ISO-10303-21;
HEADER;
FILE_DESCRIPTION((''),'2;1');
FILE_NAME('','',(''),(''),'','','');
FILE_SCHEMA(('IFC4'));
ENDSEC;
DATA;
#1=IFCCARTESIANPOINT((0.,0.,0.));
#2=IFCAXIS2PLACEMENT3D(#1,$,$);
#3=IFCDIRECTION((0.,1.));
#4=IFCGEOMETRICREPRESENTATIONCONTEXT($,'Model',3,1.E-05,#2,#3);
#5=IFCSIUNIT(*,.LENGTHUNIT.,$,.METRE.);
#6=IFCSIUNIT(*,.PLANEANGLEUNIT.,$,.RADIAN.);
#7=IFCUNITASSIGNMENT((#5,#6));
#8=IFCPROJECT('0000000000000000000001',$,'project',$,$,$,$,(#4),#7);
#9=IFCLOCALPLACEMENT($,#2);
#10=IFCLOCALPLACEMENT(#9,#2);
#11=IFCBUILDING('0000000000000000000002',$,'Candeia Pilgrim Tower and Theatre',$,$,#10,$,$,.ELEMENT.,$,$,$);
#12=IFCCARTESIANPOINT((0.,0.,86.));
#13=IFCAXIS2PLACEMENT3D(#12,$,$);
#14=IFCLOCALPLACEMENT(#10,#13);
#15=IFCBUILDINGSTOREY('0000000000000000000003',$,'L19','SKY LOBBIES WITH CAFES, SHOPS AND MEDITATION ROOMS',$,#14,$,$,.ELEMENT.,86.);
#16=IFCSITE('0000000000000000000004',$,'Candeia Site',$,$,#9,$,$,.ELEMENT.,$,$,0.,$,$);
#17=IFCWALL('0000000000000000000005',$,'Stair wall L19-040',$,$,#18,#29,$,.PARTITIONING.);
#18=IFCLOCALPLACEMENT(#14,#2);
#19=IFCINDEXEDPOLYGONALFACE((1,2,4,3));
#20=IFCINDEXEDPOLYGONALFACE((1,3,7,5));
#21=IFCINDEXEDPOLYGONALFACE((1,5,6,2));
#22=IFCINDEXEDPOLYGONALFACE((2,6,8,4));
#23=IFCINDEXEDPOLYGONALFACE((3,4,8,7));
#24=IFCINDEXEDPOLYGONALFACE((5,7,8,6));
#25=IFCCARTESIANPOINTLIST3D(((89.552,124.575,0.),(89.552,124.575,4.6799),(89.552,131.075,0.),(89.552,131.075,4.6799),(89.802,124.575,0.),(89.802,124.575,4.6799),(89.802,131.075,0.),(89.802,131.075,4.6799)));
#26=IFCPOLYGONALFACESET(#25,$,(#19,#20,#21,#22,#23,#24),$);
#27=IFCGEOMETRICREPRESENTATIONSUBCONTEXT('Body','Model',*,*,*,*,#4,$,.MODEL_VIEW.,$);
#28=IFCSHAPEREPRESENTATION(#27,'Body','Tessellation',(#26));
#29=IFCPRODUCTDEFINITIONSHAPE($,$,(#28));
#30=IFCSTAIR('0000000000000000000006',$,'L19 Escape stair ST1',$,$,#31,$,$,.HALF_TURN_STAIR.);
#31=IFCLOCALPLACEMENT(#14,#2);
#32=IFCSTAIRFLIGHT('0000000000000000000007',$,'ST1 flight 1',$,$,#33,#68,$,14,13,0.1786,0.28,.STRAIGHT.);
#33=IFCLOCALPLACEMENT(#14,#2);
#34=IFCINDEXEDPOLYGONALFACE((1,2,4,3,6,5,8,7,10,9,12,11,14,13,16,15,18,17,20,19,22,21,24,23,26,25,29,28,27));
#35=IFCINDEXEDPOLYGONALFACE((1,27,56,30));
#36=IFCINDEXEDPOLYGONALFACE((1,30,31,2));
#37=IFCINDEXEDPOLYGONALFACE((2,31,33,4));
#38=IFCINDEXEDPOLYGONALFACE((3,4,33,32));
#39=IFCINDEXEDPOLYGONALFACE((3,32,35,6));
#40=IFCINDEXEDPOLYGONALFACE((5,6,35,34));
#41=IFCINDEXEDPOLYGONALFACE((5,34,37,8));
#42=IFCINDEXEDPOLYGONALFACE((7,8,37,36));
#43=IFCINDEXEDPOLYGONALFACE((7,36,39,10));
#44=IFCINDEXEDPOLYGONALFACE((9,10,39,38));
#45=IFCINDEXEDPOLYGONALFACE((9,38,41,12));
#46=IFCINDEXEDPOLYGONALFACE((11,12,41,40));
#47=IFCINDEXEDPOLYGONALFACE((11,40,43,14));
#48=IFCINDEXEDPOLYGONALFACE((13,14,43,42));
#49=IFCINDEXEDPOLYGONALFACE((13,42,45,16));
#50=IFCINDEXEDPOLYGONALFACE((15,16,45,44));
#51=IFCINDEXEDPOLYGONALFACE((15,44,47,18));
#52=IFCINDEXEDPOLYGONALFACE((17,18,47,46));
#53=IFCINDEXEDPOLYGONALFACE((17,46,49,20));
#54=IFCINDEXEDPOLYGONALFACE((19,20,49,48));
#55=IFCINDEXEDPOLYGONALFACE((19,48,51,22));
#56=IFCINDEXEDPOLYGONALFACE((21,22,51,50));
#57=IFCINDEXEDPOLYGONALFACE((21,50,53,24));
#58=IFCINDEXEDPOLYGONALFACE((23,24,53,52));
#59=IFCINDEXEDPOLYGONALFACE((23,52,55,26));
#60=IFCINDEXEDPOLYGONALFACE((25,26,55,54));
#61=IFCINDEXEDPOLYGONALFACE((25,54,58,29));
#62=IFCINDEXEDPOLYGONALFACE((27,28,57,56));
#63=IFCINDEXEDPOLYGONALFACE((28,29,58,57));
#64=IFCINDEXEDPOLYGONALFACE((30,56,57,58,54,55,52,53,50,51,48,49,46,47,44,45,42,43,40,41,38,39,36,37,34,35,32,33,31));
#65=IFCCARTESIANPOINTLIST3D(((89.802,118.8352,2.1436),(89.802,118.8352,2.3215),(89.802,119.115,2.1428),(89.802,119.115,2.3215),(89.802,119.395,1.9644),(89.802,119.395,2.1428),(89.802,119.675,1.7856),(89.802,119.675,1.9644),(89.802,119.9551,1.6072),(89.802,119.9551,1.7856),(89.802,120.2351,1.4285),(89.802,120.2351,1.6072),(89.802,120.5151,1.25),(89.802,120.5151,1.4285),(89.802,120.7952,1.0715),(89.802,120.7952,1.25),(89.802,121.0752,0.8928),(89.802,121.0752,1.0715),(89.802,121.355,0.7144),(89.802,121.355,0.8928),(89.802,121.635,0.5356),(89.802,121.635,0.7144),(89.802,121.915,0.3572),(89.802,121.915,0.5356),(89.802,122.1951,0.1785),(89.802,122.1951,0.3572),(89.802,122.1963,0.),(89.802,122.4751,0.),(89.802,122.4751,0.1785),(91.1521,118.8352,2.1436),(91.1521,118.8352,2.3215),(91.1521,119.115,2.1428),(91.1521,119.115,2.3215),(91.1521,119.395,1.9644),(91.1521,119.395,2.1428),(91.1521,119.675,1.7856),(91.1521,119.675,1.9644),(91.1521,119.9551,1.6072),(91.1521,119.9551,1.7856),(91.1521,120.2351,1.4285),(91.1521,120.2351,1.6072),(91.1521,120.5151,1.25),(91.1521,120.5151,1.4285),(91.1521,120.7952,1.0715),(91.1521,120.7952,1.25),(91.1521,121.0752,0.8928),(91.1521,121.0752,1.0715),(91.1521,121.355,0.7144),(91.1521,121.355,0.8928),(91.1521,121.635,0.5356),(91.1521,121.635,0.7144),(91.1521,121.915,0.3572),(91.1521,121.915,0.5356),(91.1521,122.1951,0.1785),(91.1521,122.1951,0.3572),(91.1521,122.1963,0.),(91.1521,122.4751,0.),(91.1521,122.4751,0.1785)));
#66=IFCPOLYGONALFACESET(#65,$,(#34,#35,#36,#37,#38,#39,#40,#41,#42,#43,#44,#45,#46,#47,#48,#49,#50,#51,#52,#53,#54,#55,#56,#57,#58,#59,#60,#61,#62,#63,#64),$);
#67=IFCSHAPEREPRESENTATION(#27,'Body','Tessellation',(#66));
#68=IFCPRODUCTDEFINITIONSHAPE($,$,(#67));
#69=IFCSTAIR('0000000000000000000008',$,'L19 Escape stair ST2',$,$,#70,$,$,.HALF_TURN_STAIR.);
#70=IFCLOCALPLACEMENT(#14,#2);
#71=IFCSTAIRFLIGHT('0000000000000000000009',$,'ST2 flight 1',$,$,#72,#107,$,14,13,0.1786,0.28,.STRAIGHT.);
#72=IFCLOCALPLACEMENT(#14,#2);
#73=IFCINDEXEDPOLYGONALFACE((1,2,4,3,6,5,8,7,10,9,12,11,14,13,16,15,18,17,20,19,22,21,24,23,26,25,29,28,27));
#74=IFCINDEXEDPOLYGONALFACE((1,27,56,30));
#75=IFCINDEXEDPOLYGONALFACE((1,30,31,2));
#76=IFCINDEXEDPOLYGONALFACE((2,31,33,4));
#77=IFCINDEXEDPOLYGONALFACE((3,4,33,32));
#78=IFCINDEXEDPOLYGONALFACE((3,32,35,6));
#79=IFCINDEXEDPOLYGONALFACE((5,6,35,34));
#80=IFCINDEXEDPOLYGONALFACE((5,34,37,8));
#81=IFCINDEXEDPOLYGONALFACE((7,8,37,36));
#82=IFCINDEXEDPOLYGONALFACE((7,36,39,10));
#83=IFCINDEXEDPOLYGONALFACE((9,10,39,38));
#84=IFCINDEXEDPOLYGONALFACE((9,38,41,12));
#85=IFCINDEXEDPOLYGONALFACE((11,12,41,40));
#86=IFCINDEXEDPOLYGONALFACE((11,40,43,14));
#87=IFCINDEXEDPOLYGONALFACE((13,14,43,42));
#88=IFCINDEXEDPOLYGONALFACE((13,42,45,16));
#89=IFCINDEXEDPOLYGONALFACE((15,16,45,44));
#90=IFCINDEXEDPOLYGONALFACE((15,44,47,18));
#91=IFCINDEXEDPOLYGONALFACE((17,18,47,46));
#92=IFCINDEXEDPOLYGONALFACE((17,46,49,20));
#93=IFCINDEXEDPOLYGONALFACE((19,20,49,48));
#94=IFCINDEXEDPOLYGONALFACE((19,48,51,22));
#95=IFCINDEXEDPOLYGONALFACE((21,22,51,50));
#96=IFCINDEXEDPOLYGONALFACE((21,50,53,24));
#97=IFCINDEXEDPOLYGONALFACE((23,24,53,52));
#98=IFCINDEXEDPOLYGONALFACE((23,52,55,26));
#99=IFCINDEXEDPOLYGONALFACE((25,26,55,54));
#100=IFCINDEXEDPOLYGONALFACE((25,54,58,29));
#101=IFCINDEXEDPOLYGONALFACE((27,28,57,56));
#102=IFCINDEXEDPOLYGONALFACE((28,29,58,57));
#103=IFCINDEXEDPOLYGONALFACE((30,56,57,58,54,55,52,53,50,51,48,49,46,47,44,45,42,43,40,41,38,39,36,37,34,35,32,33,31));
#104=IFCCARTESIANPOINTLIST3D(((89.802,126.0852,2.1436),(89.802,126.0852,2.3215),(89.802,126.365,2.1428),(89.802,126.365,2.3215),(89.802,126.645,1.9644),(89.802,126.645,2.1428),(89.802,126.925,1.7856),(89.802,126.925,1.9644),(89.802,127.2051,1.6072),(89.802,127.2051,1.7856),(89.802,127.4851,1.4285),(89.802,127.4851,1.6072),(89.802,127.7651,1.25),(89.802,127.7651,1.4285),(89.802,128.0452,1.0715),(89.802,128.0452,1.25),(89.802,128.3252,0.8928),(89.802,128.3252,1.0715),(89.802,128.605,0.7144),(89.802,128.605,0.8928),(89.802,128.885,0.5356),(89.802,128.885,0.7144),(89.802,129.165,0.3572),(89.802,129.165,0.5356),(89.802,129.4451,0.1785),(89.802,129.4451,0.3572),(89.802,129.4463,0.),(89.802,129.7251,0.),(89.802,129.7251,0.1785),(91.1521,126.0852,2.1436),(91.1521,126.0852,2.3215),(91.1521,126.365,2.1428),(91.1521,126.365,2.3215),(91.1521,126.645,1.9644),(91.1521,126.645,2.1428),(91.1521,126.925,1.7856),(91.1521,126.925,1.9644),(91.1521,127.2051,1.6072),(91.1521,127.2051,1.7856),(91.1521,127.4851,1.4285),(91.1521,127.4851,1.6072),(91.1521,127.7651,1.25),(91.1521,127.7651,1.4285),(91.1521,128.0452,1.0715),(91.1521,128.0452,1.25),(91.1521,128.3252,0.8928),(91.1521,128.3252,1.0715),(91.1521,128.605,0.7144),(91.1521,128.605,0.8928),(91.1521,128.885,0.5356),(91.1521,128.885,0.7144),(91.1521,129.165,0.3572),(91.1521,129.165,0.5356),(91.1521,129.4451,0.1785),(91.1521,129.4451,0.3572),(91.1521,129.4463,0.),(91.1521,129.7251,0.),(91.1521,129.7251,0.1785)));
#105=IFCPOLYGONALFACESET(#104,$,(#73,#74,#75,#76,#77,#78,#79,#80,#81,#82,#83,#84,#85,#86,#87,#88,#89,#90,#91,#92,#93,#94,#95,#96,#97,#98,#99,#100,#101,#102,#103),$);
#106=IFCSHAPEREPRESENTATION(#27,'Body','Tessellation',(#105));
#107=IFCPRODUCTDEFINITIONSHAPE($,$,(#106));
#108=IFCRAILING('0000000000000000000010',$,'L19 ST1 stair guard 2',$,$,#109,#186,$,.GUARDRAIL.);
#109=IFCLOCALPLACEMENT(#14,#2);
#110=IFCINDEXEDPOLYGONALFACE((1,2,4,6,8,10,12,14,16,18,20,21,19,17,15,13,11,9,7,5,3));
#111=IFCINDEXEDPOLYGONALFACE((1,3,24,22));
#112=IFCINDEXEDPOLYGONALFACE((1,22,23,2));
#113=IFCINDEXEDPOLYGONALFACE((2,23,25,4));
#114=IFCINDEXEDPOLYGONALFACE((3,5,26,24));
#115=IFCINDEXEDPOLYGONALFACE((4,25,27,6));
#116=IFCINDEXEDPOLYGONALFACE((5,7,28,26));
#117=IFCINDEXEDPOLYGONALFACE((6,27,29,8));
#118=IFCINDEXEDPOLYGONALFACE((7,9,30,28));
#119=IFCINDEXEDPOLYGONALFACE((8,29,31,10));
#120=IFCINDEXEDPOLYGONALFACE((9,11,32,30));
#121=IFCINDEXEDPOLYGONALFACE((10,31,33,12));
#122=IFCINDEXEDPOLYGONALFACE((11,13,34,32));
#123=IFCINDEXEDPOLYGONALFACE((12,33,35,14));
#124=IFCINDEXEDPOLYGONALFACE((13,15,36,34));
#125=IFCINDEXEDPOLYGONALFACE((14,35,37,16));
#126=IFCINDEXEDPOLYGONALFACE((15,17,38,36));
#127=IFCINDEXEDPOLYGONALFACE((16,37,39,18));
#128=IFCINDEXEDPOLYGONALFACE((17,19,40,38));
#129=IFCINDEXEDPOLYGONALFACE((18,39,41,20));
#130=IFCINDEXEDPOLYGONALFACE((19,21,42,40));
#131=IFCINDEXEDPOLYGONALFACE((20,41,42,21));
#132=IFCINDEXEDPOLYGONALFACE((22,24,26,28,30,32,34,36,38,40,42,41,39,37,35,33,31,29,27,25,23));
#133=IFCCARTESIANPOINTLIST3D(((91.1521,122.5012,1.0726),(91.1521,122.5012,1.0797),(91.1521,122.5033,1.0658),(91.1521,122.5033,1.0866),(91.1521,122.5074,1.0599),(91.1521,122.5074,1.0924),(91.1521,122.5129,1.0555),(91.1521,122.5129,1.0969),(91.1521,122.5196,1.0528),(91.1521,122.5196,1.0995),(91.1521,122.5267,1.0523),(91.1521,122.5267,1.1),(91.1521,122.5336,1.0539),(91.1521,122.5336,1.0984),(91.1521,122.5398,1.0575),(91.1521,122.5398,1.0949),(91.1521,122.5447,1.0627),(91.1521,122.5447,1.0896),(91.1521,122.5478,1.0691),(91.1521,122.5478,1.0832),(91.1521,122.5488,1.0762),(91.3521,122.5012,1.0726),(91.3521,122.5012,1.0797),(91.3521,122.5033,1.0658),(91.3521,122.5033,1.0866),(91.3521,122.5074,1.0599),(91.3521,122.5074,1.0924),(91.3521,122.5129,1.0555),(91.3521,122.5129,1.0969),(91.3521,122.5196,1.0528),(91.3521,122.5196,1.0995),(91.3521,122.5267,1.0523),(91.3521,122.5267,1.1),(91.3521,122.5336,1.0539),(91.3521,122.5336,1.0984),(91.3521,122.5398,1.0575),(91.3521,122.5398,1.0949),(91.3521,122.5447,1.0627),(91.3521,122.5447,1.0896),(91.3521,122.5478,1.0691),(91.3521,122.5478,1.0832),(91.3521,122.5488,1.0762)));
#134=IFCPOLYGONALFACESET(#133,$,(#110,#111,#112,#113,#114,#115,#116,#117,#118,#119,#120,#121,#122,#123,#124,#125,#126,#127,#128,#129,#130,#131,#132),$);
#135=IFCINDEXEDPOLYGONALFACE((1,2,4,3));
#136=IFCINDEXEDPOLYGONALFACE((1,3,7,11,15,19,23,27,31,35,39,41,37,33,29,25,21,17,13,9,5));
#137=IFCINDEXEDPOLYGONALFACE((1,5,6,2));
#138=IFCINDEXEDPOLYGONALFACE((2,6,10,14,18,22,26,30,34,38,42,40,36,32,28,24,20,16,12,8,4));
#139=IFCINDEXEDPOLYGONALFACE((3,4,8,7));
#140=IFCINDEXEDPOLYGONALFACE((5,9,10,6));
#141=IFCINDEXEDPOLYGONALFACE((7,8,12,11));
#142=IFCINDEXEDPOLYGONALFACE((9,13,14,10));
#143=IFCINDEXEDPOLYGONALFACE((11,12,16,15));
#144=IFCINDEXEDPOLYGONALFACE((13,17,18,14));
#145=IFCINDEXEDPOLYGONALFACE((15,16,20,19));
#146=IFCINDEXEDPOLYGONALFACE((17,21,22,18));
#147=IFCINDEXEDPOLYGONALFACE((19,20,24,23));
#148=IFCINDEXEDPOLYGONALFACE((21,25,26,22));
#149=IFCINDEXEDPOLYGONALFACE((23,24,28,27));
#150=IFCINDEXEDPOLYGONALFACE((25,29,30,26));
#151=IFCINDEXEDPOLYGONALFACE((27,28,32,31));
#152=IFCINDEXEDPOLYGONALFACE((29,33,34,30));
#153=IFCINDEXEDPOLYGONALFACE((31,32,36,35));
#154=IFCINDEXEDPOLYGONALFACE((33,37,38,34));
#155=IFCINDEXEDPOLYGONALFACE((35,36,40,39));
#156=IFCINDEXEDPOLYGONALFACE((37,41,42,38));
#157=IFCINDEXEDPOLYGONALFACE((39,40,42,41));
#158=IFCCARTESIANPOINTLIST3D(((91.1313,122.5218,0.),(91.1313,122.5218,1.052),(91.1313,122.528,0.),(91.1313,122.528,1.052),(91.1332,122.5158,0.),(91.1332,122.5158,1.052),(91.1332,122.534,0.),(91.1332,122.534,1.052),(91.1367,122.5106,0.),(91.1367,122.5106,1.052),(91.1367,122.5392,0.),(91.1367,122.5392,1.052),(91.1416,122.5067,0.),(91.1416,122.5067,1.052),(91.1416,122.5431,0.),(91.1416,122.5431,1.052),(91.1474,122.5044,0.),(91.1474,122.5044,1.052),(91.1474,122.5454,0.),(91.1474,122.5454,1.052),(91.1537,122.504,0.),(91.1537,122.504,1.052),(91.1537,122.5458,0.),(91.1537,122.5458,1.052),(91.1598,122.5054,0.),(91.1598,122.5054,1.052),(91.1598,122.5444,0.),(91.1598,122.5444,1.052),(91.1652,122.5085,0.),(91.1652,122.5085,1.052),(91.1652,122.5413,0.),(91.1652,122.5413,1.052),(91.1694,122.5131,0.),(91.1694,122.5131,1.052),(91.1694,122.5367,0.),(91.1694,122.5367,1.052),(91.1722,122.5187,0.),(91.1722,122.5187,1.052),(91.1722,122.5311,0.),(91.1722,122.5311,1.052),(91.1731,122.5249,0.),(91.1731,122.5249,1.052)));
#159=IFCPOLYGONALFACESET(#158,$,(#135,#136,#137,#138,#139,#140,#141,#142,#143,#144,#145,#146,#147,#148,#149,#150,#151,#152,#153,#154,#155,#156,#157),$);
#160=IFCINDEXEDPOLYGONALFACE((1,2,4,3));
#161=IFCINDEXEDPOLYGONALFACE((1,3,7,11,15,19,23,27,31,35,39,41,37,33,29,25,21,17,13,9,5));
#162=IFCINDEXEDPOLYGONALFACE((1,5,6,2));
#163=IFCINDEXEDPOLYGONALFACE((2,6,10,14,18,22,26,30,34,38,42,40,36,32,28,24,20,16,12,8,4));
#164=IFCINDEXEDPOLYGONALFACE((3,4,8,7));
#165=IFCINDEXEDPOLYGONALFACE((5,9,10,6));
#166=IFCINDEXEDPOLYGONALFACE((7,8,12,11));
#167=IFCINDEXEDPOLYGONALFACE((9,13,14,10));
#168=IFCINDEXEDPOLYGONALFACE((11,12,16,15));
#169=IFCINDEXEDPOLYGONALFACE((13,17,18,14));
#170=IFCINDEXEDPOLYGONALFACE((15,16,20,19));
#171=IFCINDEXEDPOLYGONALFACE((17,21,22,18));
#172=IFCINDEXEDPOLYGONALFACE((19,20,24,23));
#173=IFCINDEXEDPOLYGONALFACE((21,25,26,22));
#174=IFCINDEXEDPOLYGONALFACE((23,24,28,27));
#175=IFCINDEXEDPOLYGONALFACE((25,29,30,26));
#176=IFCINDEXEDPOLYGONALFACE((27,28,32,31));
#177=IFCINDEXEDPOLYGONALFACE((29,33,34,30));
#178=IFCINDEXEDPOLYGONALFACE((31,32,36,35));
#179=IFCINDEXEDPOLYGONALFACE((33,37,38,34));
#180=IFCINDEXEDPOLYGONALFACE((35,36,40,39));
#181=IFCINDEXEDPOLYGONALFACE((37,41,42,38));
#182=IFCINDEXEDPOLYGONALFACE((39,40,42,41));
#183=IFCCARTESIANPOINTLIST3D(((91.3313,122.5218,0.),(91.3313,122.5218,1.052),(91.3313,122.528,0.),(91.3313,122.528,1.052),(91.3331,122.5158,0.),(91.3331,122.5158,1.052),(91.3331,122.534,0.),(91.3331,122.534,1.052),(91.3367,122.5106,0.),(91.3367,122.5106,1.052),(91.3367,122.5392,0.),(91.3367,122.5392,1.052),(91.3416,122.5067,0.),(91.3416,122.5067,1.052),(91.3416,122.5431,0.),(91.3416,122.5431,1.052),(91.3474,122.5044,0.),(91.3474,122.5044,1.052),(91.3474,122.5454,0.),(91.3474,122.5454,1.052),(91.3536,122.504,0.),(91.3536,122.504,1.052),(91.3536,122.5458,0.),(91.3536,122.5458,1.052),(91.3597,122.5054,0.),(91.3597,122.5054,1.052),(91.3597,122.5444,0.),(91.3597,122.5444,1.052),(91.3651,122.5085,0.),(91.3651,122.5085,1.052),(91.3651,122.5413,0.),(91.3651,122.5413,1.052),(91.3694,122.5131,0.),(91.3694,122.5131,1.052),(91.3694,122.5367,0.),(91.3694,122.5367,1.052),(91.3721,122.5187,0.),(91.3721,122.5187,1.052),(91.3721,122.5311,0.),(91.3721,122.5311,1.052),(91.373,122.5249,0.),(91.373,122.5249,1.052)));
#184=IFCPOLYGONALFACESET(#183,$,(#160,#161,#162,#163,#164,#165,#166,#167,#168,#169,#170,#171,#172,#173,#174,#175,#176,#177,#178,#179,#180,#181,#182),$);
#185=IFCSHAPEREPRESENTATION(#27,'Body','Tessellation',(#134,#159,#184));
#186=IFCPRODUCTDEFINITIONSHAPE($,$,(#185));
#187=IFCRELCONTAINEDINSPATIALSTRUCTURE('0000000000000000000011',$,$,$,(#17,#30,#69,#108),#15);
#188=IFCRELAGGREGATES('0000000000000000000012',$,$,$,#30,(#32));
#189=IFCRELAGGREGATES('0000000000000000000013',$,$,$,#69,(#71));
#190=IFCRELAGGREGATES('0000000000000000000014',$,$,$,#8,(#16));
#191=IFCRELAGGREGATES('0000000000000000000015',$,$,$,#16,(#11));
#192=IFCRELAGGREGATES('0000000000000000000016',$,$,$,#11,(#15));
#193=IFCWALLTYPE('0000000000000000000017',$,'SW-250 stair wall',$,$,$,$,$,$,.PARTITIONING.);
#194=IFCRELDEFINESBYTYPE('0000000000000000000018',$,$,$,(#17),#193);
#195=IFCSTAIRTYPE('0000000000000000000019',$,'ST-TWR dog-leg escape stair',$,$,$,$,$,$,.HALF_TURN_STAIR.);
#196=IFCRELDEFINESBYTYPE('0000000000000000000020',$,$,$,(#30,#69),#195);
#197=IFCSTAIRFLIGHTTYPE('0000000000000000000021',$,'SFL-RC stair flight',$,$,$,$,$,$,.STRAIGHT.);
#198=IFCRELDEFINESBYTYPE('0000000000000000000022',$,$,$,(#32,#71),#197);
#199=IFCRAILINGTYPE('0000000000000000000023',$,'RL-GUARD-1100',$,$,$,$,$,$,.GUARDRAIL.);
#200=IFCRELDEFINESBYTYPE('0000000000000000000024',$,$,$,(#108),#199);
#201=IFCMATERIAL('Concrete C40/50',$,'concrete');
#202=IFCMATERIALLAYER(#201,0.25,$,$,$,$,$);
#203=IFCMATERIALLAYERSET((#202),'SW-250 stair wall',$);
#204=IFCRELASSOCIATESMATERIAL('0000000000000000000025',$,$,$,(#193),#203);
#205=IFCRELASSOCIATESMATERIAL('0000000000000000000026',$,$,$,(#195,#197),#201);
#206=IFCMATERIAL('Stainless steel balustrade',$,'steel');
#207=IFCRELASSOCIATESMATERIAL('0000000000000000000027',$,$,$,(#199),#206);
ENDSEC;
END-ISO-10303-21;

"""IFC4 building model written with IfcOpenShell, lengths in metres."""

from ifc_helpers import new_model, si_unit, direction, frame, frame_2d, origin, origin_2d, place, context, subcontext, project, spatial, polyline, rectangle, circle, outline, extrude, material, layer, layer_set, type_object, element, aggregate, save


model = new_model("IFC4")

# Units and contexts
model_context = context("Model", 3, precision=1e-05, world=origin(), true_north=direction((0.0, 1.0)))
body_context = subcontext(model_context, "Body", "Model", "MODEL_VIEW")
ifc_project = project(units=[si_unit("LENGTHUNIT", "METRE"), si_unit("PLANEANGLEUNIT", "RADIAN")], contexts=[model_context])

# Site, building, storey
site_placement = place(None, origin())
site = spatial("IfcSite", under=ifc_project, at=site_placement, Name="Candeia Site", CompositionType="ELEMENT", RefElevation=0.0)
building_placement = place(site_placement, origin())
building = spatial("IfcBuilding", under=site, at=building_placement, Name="Candeia Pilgrim Tower and Theatre", CompositionType="ELEMENT")
storey_placement = place(building_placement, frame((0.0, 0.0, 86.0)))
storey = spatial("IfcBuildingStorey", under=building, at=storey_placement, Name="L19", Description="SKY LOBBIES WITH CAFES, SHOPS AND MEDITATION ROOMS", CompositionType="ELEMENT", Elevation=86.0)

# Wall
ifc_material_1 = material(Name="Concrete C40/50", Category="concrete")
ifc_layer_1 = layer(ifc_material_1, 0.25)
ifc_layer_set_1 = layer_set([ifc_layer_1], Name="SW-250 stair wall")
wall_type_1 = type_object("IfcWallType", Name="SW-250 stair wall", PredefinedType="PARTITIONING", material=ifc_layer_set_1)
wall_1_placement = place(storey_placement, frame((89.677, 124.575, 0.0), z_axis=(0.0, 0.0, 1.0), x_axis=(0.0, 1.0, 0.0)))
element("IfcWall", 1, at=wall_1_placement, inside=storey, type_object=wall_type_1, Name="Stair wall L19-040", PredefinedType="PARTITIONING", context=body_context, shape_type="SweptSolid", body=[
    extrude(rectangle(XDim=6.5, YDim=0.25, at=frame_2d((3.25, 0.0))), origin(), (0.0, 0.0, 1.0), 4.6799),
])

# Stairs, stair flights
stair_type = type_object("IfcStairType", Name="ST-TWR dog-leg escape stair", PredefinedType="HALF_TURN_STAIR", material=ifc_material_1)
stair_1_placement = place(storey_placement, origin())
stair_1 = element("IfcStair", 2, at=stair_1_placement, inside=storey, type_object=stair_type, Name="L19 Escape stair ST1", PredefinedType="HALF_TURN_STAIR")
stair_flight_type = type_object("IfcStairFlightType", Name="SFL-RC stair flight", PredefinedType="STRAIGHT", material=ifc_material_1)
stair_flight_1_placement = place(storey_placement, frame((90.4771, 122.4751, 0.0), z_axis=(0.0, 0.0, 1.0), x_axis=(0.0, -1.0, 0.0)))
stair_flight_1 = element("IfcStairFlight", 3, at=stair_flight_1_placement, type_object=stair_flight_type, Name="ST1 flight 1", NumberOfRisers=14, NumberOfTreads=13, PredefinedType="STRAIGHT", RiserHeight=0.1786, TreadLength=0.28, context=body_context, shape_type="SweptSolid", body=[
    extrude(outline(polyline([(0.0, 0.0), (0.0, 0.1785), (0.28, 0.1785), (0.28, 0.3572), (0.5601, 0.3572), (0.5601, 0.5356), (0.8401, 0.5356), (0.8401, 0.7144), (1.1201, 0.7144), (1.1201, 0.8928), (1.3999, 0.8928), (1.3999, 1.0715), (1.6799, 1.0715), (1.6799, 1.25), (1.96, 1.25), (1.96, 1.4285), (2.24, 1.4285), (2.24, 1.6072), (2.52, 1.6072), (2.52, 1.7856), (2.8, 1.7856), (2.8, 1.9644), (3.0801, 1.9644), (3.0801, 2.1428), (3.3601, 2.1428), (3.3601, 2.3215), (3.6399, 2.3215), (3.6399, 2.5), (3.6399, 2.1436), (0.2788, 0.0), (0.0, 0.0)])), frame((0.0, 0.675, 0.0), z_axis=(0.0, -1.0, 0.0), x_axis=(1.0, 0.0, 0.0)), (0.0, 0.0, 1.0), 1.3501),
])
aggregate(stair_1, [stair_flight_1])
stair_2_placement = place(storey_placement, origin())
stair_2 = element("IfcStair", 4, at=stair_2_placement, inside=storey, type_object=stair_type, Name="L19 Escape stair ST2", PredefinedType="HALF_TURN_STAIR")
stair_flight_2_placement = place(storey_placement, frame((90.4771, 129.7251, 0.0), z_axis=(0.0, 0.0, 1.0), x_axis=(0.0, -1.0, 0.0)))
stair_flight_2 = element("IfcStairFlight", 5, at=stair_flight_2_placement, type_object=stair_flight_type, Name="ST2 flight 1", NumberOfRisers=14, NumberOfTreads=13, PredefinedType="STRAIGHT", RiserHeight=0.1786, TreadLength=0.28, context=body_context, shape_type="SweptSolid", body=[
    extrude(outline(polyline([(0.0, 0.0), (0.0, 0.1785), (0.28, 0.1785), (0.28, 0.3572), (0.5601, 0.3572), (0.5601, 0.5356), (0.8401, 0.5356), (0.8401, 0.7144), (1.1201, 0.7144), (1.1201, 0.8928), (1.3999, 0.8928), (1.3999, 1.0715), (1.6799, 1.0715), (1.6799, 1.25), (1.96, 1.25), (1.96, 1.4285), (2.24, 1.4285), (2.24, 1.6072), (2.52, 1.6072), (2.52, 1.7856), (2.8, 1.7856), (2.8, 1.9644), (3.0801, 1.9644), (3.0801, 2.1428), (3.3601, 2.1428), (3.3601, 2.3215), (3.6399, 2.3215), (3.6399, 2.5), (3.6399, 2.1436), (0.2788, 0.0), (0.0, 0.0)])), frame((0.0, 0.675, 0.0), z_axis=(0.0, -1.0, 0.0), x_axis=(1.0, 0.0, 0.0)), (0.0, 0.0, 1.0), 1.3501),
])
aggregate(stair_2, [stair_flight_2])

# Railing
ifc_material_2 = material(Name="Stainless steel balustrade", Category="steel")
railing_type_1 = type_object("IfcRailingType", Name="RL-GUARD-1100", PredefinedType="GUARDRAIL", material=ifc_material_2)
railing_1_placement = place(storey_placement, frame((91.1521, 122.5249, 0.0)))
element("IfcRailing", 6, at=railing_1_placement, inside=storey, type_object=railing_type_1, Name="L19 ST1 stair guard 2", PredefinedType="GUARDRAIL", context=body_context, shape_type="SweptSolid", body=[
    extrude(circle(Radius=0.0239, at=origin_2d()), frame((0.0, 0.0, 1.0762), z_axis=(1.0, 0.0, 0.0), x_axis=(0.0, 1.0, 0.0)), (0.0, 0.0, 1.0), 0.2),
    extrude(circle(Radius=0.021, at=origin_2d()), origin(), (0.0, 0.0, 1.0), 1.052),
    extrude(circle(Radius=0.021, at=origin_2d()), frame((0.2, 0.0, 0.0)), (0.0, 0.0, 1.0), 1.052),
])

save(model, "model.ifc")
